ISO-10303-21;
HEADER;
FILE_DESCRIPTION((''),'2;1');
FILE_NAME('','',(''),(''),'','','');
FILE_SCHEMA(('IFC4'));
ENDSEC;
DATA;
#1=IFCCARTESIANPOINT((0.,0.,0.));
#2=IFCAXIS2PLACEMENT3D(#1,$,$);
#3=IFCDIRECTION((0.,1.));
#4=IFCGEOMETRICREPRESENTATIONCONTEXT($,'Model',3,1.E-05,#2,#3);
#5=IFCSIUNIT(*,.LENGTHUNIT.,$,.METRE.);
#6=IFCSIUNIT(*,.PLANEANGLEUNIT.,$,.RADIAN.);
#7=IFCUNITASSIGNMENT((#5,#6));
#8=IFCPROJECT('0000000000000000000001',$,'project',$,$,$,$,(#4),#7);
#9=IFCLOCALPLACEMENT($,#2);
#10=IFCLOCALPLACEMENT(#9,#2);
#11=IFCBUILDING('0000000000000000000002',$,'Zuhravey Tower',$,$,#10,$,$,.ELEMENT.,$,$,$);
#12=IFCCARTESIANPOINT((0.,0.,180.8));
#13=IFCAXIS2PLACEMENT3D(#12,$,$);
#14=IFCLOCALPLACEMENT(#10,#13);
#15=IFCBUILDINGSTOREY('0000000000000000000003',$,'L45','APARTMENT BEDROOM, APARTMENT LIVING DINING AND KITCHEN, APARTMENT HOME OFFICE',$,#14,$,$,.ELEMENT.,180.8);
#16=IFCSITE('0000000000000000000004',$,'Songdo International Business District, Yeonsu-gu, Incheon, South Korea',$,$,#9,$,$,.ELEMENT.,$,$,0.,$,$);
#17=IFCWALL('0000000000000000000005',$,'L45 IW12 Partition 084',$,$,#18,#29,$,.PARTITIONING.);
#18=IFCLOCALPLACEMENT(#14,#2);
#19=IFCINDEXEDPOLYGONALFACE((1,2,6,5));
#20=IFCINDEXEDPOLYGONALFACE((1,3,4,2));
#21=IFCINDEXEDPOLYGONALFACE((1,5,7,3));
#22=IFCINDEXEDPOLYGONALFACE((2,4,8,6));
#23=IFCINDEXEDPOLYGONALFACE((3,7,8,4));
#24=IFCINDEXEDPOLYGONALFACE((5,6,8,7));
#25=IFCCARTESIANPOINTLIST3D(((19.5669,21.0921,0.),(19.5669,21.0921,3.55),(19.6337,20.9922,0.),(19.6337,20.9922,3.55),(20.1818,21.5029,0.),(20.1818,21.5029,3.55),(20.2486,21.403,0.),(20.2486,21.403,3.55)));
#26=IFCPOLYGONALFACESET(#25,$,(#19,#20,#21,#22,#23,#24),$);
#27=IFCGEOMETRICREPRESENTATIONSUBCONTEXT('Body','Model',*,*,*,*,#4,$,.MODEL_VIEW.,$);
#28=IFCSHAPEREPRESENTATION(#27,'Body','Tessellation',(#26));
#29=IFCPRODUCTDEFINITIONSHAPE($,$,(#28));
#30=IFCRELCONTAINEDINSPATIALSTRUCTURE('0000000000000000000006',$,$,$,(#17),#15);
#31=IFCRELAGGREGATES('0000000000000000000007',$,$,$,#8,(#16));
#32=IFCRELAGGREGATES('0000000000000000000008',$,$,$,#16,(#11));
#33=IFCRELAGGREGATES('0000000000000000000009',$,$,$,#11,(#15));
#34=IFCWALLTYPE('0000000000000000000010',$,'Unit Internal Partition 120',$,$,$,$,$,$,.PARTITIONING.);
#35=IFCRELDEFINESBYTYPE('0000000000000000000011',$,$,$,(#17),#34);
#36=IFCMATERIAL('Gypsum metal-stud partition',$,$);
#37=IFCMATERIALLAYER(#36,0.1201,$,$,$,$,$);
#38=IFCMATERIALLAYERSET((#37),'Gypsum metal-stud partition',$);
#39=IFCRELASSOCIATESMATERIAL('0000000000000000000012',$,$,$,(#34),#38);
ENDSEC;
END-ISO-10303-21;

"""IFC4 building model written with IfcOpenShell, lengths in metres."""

from ifc_helpers import new_model, si_unit, direction, frame, frame_2d, origin, place, context, subcontext, project, spatial, rectangle, extrude, material, layer, layer_set, type_object, element, save


model = new_model("IFC4")

# Units and contexts
model_context = context("Model", 3, precision=1e-05, world=origin(), true_north=direction((0.0, 1.0)))
body_context = subcontext(model_context, "Body", "Model", "MODEL_VIEW")
ifc_project = project(units=[si_unit("LENGTHUNIT", "METRE"), si_unit("PLANEANGLEUNIT", "RADIAN")], contexts=[model_context])

# Site, building, storey
site_placement = place(None, origin())
site = spatial("IfcSite", under=ifc_project, at=site_placement, Name="Songdo International Business District, Yeonsu-gu, Incheon, South Korea", CompositionType="ELEMENT", RefElevation=0.0)
building_placement = place(site_placement, origin())
building = spatial("IfcBuilding", under=site, at=building_placement, Name="Zuhravey Tower", CompositionType="ELEMENT")
storey_placement = place(building_placement, frame((0.0, 0.0, 180.8)))
storey = spatial("IfcBuildingStorey", under=building, at=storey_placement, Name="L45", Description="APARTMENT BEDROOM, APARTMENT LIVING DINING AND KITCHEN, APARTMENT HOME OFFICE", CompositionType="ELEMENT", Elevation=180.8)

# Wall
ifc_material_1 = material(Name="Gypsum metal-stud partition")
ifc_layer_1 = layer(ifc_material_1, 0.1201)
ifc_layer_set_1 = layer_set([ifc_layer_1], Name="Gypsum metal-stud partition")
wall_type_1 = type_object("IfcWallType", Name="Unit Internal Partition 120", PredefinedType="PARTITIONING", material=ifc_layer_set_1)
wall_1_placement = place(storey_placement, frame((20.2151, 21.4529, 0.0), z_axis=(0.0, 0.0, 1.0), x_axis=(-0.831491, -0.555538, 0.0)))
element("IfcWall", 1, at=wall_1_placement, inside=storey, type_object=wall_type_1, Name="L45 IW12 Partition 084", PredefinedType="PARTITIONING", context=body_context, shape_type="SweptSolid", body=[
    extrude(rectangle(XDim=0.7395, YDim=0.1201, at=frame_2d((0.3696, 0.0))), origin(), (0.0, 0.0, 1.0), 3.55),
])

save(model, "model.ifc")
